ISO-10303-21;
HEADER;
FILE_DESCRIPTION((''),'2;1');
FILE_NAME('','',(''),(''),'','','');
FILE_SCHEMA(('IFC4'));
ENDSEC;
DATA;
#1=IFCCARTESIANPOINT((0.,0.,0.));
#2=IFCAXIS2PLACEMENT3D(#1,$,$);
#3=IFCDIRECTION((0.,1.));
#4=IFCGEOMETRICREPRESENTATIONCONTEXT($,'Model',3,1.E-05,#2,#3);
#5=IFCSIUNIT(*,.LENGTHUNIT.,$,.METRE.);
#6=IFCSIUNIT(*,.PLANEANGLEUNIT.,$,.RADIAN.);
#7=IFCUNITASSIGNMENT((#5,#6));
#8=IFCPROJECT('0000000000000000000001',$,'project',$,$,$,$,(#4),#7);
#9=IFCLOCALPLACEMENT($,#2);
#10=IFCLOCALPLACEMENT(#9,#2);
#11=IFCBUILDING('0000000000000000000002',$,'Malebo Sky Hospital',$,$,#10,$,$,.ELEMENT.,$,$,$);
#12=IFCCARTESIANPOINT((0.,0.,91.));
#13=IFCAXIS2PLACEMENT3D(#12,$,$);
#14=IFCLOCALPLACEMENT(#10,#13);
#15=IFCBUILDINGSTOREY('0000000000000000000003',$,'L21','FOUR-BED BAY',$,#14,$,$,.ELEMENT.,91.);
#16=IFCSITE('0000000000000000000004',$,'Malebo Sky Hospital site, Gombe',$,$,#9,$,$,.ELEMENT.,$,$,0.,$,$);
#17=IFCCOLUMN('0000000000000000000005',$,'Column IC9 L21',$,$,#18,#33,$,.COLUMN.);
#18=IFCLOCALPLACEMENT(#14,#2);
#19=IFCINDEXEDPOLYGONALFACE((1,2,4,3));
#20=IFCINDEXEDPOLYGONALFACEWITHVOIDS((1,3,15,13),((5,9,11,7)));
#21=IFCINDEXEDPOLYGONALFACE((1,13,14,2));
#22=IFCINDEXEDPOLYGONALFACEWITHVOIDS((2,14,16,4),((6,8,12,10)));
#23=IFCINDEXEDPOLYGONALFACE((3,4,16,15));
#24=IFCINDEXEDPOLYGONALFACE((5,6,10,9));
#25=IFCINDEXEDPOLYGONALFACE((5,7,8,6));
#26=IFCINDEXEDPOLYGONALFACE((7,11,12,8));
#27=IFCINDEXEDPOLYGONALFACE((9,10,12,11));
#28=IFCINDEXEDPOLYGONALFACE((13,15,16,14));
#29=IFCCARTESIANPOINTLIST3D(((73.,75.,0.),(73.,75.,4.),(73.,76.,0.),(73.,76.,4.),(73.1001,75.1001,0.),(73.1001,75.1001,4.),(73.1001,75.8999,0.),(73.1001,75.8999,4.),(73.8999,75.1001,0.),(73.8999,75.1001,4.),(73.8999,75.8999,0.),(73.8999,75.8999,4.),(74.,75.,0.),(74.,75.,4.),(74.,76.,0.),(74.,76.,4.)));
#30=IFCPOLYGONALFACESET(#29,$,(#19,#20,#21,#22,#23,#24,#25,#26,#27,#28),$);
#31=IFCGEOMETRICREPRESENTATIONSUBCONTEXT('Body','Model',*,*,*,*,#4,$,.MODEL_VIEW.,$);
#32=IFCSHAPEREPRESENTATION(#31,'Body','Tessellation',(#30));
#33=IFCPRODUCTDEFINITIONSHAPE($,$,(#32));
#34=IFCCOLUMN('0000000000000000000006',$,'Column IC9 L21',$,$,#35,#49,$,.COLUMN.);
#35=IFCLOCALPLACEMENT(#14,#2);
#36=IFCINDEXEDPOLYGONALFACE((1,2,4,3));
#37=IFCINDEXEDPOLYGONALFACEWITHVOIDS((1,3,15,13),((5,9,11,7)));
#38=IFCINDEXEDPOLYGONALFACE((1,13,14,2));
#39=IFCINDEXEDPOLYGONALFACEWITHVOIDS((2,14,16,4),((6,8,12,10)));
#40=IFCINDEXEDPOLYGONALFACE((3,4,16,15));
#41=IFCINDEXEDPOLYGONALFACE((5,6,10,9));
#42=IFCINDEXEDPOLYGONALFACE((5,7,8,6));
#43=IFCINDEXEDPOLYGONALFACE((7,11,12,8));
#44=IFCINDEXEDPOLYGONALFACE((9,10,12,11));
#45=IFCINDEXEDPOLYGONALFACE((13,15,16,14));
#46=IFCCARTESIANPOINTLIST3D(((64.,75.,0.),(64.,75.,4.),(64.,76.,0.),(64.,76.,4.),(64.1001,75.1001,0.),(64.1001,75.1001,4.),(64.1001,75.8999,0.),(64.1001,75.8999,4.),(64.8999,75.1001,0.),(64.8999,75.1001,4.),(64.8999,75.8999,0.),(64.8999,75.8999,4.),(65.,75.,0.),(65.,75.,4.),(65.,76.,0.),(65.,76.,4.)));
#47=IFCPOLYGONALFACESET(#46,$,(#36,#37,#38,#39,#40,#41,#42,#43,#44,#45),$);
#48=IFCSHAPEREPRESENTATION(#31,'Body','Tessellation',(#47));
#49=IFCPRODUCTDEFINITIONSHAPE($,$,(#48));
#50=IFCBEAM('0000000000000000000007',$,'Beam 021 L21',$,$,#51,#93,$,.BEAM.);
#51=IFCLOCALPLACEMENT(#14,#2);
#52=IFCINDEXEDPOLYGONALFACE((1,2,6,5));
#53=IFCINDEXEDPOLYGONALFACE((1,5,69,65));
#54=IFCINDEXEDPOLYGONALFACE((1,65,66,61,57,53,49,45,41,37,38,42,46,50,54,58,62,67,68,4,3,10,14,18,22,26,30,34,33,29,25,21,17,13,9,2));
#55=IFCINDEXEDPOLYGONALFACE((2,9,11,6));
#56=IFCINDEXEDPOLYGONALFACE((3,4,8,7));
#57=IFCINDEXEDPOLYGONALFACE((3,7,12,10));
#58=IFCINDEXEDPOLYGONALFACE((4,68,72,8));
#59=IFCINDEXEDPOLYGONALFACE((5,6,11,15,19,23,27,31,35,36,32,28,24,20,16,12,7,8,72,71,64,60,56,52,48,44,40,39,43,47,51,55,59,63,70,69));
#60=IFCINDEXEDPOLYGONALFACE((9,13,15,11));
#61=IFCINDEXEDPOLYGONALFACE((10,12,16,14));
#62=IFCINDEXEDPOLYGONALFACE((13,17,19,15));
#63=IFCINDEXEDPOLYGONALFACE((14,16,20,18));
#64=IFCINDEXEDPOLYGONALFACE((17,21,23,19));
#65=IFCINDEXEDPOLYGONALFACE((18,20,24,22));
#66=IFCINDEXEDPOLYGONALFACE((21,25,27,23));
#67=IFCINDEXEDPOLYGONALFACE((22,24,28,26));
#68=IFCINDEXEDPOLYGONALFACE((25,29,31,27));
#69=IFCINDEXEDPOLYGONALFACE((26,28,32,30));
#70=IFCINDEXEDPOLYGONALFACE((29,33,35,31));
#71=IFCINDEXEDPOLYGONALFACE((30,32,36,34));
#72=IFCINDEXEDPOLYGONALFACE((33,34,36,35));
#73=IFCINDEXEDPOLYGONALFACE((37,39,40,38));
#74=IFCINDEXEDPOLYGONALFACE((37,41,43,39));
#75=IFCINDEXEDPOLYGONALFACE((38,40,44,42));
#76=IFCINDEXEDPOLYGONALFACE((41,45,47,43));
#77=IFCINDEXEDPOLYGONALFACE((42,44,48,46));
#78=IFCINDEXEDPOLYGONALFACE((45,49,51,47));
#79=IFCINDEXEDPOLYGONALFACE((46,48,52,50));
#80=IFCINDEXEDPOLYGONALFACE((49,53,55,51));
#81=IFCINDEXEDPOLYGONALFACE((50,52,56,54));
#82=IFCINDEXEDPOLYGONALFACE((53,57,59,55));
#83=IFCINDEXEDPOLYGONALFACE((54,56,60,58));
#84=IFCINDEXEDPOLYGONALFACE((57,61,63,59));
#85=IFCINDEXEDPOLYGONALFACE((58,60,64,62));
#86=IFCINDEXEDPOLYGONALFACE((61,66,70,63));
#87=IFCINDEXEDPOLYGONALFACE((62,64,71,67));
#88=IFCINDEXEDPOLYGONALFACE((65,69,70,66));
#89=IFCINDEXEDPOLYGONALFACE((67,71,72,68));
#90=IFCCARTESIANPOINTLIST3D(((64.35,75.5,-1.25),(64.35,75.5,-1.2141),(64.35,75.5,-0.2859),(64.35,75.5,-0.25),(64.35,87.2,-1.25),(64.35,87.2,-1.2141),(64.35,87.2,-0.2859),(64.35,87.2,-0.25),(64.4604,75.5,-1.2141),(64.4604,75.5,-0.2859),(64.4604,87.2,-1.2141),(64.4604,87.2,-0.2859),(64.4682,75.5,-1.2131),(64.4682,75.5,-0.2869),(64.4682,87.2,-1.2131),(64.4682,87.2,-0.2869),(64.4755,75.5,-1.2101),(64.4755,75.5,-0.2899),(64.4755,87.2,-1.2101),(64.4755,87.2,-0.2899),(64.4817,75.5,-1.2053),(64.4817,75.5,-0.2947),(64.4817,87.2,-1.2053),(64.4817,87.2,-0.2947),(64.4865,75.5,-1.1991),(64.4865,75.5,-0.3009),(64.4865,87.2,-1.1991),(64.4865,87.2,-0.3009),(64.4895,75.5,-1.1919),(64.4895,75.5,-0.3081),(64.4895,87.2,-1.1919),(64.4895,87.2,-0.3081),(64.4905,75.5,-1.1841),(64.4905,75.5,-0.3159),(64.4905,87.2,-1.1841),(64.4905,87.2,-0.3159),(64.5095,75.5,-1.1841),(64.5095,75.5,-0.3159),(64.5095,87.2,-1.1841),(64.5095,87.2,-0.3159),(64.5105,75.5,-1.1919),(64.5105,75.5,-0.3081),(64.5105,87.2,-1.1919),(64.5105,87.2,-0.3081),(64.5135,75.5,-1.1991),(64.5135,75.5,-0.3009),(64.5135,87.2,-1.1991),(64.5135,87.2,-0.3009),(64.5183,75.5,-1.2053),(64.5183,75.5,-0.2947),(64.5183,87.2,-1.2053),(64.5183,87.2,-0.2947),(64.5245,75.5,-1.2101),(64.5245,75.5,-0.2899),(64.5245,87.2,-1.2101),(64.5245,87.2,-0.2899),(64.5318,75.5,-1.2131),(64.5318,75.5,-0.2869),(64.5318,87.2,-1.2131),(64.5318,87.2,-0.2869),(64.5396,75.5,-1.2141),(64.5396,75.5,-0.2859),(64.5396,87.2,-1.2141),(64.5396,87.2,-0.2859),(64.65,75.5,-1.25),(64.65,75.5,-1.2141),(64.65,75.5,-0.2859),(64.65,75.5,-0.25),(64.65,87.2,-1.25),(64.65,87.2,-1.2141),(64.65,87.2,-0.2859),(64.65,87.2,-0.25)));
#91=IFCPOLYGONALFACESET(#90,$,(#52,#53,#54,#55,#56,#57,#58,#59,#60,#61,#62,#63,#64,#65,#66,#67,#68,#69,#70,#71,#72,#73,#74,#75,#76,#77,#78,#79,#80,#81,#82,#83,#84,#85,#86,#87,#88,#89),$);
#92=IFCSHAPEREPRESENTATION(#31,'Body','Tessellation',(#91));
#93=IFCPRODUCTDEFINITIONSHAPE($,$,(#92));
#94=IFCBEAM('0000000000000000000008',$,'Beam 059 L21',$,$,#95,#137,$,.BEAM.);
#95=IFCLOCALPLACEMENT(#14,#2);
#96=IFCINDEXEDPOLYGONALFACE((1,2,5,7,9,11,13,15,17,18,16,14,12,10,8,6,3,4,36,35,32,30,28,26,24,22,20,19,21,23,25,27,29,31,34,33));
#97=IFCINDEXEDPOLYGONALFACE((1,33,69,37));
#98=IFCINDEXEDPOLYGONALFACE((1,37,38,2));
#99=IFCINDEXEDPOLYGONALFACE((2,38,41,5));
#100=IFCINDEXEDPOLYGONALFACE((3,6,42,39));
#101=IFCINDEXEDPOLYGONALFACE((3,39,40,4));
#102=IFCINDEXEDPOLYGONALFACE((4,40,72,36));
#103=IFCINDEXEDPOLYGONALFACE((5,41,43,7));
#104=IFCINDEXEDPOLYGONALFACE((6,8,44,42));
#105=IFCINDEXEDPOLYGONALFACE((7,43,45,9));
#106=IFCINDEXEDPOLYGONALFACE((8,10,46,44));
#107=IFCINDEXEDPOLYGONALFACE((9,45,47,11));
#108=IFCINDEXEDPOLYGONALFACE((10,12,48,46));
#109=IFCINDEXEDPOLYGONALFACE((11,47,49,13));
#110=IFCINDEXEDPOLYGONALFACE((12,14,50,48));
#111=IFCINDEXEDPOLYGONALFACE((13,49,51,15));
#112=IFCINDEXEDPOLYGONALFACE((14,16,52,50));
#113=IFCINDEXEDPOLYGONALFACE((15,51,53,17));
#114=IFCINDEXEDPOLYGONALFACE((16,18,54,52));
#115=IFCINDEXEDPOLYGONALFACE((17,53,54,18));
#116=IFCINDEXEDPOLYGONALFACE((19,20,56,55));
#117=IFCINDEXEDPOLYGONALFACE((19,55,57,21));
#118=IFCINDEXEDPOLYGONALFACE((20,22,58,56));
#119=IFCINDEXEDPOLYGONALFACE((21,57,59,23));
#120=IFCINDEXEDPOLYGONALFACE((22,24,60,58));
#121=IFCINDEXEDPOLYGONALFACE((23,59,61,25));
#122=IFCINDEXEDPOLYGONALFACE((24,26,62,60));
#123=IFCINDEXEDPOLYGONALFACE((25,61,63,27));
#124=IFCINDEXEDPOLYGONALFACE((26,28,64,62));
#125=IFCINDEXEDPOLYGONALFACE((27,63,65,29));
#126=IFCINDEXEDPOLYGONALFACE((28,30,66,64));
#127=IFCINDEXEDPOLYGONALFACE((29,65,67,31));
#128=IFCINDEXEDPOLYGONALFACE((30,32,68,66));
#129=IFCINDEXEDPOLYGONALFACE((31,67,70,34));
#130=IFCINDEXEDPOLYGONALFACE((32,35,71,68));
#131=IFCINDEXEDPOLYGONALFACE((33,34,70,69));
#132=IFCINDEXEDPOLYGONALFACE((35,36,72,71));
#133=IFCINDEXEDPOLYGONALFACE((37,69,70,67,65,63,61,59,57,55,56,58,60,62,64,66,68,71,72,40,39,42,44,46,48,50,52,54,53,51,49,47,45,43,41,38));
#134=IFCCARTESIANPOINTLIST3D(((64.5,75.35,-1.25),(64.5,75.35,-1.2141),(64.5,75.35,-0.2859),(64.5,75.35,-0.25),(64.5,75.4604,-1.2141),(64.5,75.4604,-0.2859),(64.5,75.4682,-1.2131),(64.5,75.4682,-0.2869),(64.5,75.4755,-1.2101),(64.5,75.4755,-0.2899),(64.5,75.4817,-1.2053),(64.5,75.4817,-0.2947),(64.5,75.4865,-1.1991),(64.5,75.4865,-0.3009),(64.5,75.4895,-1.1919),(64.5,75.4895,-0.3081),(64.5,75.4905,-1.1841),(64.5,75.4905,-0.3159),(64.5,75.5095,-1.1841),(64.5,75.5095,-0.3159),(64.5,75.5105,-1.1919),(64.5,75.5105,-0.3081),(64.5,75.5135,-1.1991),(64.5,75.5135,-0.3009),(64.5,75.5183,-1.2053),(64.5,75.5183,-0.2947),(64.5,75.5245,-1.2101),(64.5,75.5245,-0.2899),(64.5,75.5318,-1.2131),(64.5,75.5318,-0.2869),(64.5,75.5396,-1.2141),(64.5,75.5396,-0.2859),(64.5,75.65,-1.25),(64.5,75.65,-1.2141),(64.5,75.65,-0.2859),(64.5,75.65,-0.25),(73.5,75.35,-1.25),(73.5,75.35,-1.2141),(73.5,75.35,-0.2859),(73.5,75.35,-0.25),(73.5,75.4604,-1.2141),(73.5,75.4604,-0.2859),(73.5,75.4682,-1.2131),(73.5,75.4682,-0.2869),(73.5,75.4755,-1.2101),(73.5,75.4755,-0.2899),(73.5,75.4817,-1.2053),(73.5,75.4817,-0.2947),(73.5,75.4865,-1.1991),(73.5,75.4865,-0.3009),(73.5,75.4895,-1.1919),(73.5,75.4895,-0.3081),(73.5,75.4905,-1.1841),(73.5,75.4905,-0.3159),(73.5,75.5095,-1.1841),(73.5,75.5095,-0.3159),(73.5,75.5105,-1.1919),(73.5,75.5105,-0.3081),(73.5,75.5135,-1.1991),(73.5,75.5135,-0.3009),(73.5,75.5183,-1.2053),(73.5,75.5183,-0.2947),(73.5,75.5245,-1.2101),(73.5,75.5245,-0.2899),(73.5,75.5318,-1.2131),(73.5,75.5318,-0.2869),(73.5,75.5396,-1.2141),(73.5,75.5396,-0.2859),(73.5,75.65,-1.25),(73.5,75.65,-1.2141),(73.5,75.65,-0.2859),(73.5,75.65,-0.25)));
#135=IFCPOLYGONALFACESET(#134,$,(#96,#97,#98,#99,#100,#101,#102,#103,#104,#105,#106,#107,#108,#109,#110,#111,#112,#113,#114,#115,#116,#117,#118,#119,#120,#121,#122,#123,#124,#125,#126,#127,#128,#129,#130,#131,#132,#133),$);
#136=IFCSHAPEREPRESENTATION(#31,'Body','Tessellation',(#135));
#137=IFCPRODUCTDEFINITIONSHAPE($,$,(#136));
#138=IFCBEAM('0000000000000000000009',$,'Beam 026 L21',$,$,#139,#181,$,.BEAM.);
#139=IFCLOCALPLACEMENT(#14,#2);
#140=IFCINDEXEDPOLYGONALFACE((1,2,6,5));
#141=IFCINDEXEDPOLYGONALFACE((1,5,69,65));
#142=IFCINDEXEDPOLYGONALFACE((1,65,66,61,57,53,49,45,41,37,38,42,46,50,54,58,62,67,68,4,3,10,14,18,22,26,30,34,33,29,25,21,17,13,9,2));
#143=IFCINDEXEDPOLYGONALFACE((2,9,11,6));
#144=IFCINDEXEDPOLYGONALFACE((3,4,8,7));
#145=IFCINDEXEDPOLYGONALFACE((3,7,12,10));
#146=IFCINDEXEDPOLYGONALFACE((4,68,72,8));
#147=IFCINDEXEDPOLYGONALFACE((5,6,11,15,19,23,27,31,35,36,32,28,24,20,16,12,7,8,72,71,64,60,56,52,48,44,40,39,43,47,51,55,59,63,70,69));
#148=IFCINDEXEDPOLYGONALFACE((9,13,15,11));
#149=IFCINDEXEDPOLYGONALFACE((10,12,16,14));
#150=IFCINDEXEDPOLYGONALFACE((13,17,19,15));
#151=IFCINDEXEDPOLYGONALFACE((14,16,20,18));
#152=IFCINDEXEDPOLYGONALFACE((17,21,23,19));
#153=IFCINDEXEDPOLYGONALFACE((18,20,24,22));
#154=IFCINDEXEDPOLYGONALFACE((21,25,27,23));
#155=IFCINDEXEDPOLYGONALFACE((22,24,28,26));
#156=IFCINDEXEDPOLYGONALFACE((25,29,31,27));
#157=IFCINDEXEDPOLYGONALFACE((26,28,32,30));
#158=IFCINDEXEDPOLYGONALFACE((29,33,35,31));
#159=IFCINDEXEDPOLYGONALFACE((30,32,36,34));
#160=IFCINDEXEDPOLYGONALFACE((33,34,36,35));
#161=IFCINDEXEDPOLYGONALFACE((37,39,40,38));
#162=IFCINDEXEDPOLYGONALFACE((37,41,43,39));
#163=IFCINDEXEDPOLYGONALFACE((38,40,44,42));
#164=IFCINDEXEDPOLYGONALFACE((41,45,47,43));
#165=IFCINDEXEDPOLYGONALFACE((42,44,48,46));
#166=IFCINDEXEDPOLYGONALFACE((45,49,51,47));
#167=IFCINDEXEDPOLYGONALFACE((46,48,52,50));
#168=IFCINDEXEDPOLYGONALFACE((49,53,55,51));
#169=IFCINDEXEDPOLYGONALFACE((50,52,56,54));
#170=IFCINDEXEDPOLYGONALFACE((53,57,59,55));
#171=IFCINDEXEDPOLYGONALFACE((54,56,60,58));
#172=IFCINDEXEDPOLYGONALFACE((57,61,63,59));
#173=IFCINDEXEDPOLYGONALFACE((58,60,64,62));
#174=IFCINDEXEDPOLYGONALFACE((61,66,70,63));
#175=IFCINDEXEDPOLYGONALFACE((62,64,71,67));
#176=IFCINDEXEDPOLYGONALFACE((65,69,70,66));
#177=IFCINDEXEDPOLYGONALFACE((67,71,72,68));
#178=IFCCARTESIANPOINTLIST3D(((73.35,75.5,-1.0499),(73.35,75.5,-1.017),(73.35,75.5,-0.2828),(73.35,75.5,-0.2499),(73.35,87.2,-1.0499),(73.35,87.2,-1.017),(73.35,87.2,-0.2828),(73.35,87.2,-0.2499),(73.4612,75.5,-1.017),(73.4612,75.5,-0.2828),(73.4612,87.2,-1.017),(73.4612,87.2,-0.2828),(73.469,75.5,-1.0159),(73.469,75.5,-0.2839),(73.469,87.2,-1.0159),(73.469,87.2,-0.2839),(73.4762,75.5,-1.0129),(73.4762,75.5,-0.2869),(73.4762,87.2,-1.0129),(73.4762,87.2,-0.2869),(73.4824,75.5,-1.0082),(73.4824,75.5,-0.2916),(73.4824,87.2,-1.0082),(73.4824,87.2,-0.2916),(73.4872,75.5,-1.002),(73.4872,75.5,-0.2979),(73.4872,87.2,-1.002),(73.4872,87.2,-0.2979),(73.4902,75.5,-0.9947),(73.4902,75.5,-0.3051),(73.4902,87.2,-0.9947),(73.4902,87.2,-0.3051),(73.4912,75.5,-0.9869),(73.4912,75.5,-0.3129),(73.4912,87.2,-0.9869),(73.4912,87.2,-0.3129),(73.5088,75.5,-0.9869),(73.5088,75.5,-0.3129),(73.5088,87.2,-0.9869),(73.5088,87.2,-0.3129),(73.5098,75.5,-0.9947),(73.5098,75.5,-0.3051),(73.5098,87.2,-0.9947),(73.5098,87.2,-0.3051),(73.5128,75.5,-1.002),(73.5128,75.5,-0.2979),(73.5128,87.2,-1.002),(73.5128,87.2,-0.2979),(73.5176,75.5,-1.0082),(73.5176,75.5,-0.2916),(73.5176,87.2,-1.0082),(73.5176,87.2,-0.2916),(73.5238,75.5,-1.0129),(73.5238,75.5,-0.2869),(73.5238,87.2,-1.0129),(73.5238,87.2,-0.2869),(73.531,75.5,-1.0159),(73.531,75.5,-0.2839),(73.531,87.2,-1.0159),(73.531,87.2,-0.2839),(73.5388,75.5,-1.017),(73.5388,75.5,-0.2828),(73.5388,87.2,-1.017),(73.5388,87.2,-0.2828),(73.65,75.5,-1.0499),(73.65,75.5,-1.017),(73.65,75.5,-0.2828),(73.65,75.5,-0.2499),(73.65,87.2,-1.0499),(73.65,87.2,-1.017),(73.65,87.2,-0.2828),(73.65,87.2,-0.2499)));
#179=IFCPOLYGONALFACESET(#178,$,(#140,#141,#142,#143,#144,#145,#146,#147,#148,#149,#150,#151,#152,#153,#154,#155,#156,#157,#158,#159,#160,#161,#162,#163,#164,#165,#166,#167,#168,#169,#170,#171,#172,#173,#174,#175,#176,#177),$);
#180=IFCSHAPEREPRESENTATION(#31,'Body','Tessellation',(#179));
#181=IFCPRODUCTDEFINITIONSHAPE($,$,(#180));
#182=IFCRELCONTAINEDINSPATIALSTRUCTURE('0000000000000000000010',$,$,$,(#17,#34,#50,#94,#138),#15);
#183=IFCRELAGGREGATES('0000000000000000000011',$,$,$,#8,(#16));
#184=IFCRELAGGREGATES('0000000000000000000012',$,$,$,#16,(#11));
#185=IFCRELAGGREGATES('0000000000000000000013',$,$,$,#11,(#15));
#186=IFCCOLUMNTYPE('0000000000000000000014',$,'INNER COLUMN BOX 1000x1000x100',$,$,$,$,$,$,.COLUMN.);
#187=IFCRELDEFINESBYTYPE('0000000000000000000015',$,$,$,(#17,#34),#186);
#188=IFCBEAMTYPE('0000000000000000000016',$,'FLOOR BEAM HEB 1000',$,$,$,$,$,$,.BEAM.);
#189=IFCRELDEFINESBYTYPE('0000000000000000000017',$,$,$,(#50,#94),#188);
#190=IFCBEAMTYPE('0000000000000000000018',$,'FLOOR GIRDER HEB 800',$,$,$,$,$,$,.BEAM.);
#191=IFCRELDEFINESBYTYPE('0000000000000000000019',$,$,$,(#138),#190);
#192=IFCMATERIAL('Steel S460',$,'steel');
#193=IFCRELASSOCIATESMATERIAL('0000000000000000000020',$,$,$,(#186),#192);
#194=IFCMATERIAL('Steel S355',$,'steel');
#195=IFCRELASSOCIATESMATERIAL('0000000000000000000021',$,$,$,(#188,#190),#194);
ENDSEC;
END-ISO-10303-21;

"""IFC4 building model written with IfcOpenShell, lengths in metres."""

from ifc_helpers import new_model, si_unit, direction, frame, origin, origin_2d, place, context, subcontext, project, spatial, hollow_rectangle, i_section, extrude, material, material_profile, profile_set, type_object, element, save


model = new_model("IFC4")

# Units and contexts
model_context = context("Model", 3, precision=1e-05, world=origin(), true_north=direction((0.0, 1.0)))
body_context = subcontext(model_context, "Body", "Model", "MODEL_VIEW")
ifc_project = project(units=[si_unit("LENGTHUNIT", "METRE"), si_unit("PLANEANGLEUNIT", "RADIAN")], contexts=[model_context])

# Site, building, storey
site_placement = place(None, origin())
site = spatial("IfcSite", under=ifc_project, at=site_placement, Name="Malebo Sky Hospital site, Gombe", CompositionType="ELEMENT", RefElevation=0.0)
building_placement = place(site_placement, origin())
building = spatial("IfcBuilding", under=site, at=building_placement, Name="Malebo Sky Hospital", CompositionType="ELEMENT")
storey_placement = place(building_placement, frame((0.0, 0.0, 91.0)))
storey = spatial("IfcBuildingStorey", under=building, at=storey_placement, Name="L21", Description="FOUR-BED BAY", CompositionType="ELEMENT", Elevation=91.0)

# Columns
ifc_material_1 = material(Name="Steel S460", Category="steel")
ifc_material_profile_1 = material_profile(ifc_material_1, hollow_rectangle(XDim=1.0, YDim=1.0, WallThickness=0.1001, at=origin_2d()), Name="BOX 1000x1000x100")
ifc_profile_set_1 = profile_set([ifc_material_profile_1], Name="Steel S460")
column_type = type_object("IfcColumnType", Name="INNER COLUMN BOX 1000x1000x100", PredefinedType="COLUMN", material=ifc_profile_set_1)
for number, where, z_axis, x_axis, name in (
    (1, (73.5, 75.5, 0.0), (0.0, 0.0, 1.0), (1.0, 0.0, 0.0), "Column IC9 L21"),
    (2, (64.5, 75.5, 0.0), (0.0, 0.0, 1.0), (1.0, 0.0, 0.0), "Column IC9 L21"),
):
    element("IfcColumn", number, at=place(storey_placement, frame(where, z_axis=z_axis, x_axis=x_axis)), inside=storey, type_object=column_type, Name=name, PredefinedType="COLUMN", context=body_context, shape_type="SweptSolid", body=[
        extrude(hollow_rectangle(XDim=1.0, YDim=1.0, WallThickness=0.1001, at=origin_2d()), origin(), (0.0, 0.0, 1.0), 4.0),
    ])

# Beams
ifc_material_2 = material(Name="Steel S355", Category="steel")
ifc_material_profile_2 = material_profile(ifc_material_2, i_section(OverallWidth=0.3, OverallDepth=1.0, WebThickness=0.019, FlangeThickness=0.0359, FilletRadius=0.03, at=origin_2d()), Name="HEB 1000")
ifc_profile_set_2 = profile_set([ifc_material_profile_2], Name="Steel S355")
beam_type_1 = type_object("IfcBeamType", Name="FLOOR BEAM HEB 1000", PredefinedType="BEAM", material=ifc_profile_set_2)
beam_1_placement = place(storey_placement, frame((64.5, 75.5, -0.75), z_axis=(0.0, 1.0, 0.0), x_axis=(-1.0, 0.0, 0.0)))
element("IfcBeam", 3, at=beam_1_placement, inside=storey, type_object=beam_type_1, Name="Beam 021 L21", PredefinedType="BEAM", context=body_context, shape_type="SweptSolid", body=[
    extrude(i_section(OverallWidth=0.3, OverallDepth=1.0, WebThickness=0.019, FlangeThickness=0.0359, FilletRadius=0.03, at=origin_2d()), origin(), (0.0, 0.0, 1.0), 11.7),
])
beam_2_placement = place(storey_placement, frame((64.5, 75.5, -0.75), z_axis=(1.0, 0.0, 0.0), x_axis=(0.0, 1.0, 0.0)))
element("IfcBeam", 4, at=beam_2_placement, inside=storey, type_object=beam_type_1, Name="Beam 059 L21", PredefinedType="BEAM", context=body_context, shape_type="SweptSolid", body=[
    extrude(i_section(OverallWidth=0.3, OverallDepth=1.0, WebThickness=0.019, FlangeThickness=0.0359, FilletRadius=0.03, at=origin_2d()), origin(), (0.0, 0.0, 1.0), 9.0),
])
ifc_material_profile_3 = material_profile(ifc_material_2, i_section(OverallWidth=0.3, OverallDepth=0.8, WebThickness=0.0176, FlangeThickness=0.033, FilletRadius=0.03, at=origin_2d()), Name="HEB 800")
ifc_profile_set_3 = profile_set([ifc_material_profile_3], Name="Steel S355")
beam_type_2 = type_object("IfcBeamType", Name="FLOOR GIRDER HEB 800", PredefinedType="BEAM", material=ifc_profile_set_3)
for number, where, z_axis, x_axis, name in (
    (5, (73.5, 75.5, -0.6499), (0.0, 1.0, 0.0), (-1.0, 0.0, 0.0), "Beam 026 L21"),
):
    element("IfcBeam", number, at=place(storey_placement, frame(where, z_axis=z_axis, x_axis=x_axis)), inside=storey, type_object=beam_type_2, Name=name, PredefinedType="BEAM", context=body_context, shape_type="SweptSolid", body=[
        extrude(i_section(OverallWidth=0.3, OverallDepth=0.8, WebThickness=0.0176, FlangeThickness=0.033, FilletRadius=0.03, at=origin_2d()), origin(), (0.0, 0.0, 1.0), 11.7),
    ])

save(model, "model.ifc")
